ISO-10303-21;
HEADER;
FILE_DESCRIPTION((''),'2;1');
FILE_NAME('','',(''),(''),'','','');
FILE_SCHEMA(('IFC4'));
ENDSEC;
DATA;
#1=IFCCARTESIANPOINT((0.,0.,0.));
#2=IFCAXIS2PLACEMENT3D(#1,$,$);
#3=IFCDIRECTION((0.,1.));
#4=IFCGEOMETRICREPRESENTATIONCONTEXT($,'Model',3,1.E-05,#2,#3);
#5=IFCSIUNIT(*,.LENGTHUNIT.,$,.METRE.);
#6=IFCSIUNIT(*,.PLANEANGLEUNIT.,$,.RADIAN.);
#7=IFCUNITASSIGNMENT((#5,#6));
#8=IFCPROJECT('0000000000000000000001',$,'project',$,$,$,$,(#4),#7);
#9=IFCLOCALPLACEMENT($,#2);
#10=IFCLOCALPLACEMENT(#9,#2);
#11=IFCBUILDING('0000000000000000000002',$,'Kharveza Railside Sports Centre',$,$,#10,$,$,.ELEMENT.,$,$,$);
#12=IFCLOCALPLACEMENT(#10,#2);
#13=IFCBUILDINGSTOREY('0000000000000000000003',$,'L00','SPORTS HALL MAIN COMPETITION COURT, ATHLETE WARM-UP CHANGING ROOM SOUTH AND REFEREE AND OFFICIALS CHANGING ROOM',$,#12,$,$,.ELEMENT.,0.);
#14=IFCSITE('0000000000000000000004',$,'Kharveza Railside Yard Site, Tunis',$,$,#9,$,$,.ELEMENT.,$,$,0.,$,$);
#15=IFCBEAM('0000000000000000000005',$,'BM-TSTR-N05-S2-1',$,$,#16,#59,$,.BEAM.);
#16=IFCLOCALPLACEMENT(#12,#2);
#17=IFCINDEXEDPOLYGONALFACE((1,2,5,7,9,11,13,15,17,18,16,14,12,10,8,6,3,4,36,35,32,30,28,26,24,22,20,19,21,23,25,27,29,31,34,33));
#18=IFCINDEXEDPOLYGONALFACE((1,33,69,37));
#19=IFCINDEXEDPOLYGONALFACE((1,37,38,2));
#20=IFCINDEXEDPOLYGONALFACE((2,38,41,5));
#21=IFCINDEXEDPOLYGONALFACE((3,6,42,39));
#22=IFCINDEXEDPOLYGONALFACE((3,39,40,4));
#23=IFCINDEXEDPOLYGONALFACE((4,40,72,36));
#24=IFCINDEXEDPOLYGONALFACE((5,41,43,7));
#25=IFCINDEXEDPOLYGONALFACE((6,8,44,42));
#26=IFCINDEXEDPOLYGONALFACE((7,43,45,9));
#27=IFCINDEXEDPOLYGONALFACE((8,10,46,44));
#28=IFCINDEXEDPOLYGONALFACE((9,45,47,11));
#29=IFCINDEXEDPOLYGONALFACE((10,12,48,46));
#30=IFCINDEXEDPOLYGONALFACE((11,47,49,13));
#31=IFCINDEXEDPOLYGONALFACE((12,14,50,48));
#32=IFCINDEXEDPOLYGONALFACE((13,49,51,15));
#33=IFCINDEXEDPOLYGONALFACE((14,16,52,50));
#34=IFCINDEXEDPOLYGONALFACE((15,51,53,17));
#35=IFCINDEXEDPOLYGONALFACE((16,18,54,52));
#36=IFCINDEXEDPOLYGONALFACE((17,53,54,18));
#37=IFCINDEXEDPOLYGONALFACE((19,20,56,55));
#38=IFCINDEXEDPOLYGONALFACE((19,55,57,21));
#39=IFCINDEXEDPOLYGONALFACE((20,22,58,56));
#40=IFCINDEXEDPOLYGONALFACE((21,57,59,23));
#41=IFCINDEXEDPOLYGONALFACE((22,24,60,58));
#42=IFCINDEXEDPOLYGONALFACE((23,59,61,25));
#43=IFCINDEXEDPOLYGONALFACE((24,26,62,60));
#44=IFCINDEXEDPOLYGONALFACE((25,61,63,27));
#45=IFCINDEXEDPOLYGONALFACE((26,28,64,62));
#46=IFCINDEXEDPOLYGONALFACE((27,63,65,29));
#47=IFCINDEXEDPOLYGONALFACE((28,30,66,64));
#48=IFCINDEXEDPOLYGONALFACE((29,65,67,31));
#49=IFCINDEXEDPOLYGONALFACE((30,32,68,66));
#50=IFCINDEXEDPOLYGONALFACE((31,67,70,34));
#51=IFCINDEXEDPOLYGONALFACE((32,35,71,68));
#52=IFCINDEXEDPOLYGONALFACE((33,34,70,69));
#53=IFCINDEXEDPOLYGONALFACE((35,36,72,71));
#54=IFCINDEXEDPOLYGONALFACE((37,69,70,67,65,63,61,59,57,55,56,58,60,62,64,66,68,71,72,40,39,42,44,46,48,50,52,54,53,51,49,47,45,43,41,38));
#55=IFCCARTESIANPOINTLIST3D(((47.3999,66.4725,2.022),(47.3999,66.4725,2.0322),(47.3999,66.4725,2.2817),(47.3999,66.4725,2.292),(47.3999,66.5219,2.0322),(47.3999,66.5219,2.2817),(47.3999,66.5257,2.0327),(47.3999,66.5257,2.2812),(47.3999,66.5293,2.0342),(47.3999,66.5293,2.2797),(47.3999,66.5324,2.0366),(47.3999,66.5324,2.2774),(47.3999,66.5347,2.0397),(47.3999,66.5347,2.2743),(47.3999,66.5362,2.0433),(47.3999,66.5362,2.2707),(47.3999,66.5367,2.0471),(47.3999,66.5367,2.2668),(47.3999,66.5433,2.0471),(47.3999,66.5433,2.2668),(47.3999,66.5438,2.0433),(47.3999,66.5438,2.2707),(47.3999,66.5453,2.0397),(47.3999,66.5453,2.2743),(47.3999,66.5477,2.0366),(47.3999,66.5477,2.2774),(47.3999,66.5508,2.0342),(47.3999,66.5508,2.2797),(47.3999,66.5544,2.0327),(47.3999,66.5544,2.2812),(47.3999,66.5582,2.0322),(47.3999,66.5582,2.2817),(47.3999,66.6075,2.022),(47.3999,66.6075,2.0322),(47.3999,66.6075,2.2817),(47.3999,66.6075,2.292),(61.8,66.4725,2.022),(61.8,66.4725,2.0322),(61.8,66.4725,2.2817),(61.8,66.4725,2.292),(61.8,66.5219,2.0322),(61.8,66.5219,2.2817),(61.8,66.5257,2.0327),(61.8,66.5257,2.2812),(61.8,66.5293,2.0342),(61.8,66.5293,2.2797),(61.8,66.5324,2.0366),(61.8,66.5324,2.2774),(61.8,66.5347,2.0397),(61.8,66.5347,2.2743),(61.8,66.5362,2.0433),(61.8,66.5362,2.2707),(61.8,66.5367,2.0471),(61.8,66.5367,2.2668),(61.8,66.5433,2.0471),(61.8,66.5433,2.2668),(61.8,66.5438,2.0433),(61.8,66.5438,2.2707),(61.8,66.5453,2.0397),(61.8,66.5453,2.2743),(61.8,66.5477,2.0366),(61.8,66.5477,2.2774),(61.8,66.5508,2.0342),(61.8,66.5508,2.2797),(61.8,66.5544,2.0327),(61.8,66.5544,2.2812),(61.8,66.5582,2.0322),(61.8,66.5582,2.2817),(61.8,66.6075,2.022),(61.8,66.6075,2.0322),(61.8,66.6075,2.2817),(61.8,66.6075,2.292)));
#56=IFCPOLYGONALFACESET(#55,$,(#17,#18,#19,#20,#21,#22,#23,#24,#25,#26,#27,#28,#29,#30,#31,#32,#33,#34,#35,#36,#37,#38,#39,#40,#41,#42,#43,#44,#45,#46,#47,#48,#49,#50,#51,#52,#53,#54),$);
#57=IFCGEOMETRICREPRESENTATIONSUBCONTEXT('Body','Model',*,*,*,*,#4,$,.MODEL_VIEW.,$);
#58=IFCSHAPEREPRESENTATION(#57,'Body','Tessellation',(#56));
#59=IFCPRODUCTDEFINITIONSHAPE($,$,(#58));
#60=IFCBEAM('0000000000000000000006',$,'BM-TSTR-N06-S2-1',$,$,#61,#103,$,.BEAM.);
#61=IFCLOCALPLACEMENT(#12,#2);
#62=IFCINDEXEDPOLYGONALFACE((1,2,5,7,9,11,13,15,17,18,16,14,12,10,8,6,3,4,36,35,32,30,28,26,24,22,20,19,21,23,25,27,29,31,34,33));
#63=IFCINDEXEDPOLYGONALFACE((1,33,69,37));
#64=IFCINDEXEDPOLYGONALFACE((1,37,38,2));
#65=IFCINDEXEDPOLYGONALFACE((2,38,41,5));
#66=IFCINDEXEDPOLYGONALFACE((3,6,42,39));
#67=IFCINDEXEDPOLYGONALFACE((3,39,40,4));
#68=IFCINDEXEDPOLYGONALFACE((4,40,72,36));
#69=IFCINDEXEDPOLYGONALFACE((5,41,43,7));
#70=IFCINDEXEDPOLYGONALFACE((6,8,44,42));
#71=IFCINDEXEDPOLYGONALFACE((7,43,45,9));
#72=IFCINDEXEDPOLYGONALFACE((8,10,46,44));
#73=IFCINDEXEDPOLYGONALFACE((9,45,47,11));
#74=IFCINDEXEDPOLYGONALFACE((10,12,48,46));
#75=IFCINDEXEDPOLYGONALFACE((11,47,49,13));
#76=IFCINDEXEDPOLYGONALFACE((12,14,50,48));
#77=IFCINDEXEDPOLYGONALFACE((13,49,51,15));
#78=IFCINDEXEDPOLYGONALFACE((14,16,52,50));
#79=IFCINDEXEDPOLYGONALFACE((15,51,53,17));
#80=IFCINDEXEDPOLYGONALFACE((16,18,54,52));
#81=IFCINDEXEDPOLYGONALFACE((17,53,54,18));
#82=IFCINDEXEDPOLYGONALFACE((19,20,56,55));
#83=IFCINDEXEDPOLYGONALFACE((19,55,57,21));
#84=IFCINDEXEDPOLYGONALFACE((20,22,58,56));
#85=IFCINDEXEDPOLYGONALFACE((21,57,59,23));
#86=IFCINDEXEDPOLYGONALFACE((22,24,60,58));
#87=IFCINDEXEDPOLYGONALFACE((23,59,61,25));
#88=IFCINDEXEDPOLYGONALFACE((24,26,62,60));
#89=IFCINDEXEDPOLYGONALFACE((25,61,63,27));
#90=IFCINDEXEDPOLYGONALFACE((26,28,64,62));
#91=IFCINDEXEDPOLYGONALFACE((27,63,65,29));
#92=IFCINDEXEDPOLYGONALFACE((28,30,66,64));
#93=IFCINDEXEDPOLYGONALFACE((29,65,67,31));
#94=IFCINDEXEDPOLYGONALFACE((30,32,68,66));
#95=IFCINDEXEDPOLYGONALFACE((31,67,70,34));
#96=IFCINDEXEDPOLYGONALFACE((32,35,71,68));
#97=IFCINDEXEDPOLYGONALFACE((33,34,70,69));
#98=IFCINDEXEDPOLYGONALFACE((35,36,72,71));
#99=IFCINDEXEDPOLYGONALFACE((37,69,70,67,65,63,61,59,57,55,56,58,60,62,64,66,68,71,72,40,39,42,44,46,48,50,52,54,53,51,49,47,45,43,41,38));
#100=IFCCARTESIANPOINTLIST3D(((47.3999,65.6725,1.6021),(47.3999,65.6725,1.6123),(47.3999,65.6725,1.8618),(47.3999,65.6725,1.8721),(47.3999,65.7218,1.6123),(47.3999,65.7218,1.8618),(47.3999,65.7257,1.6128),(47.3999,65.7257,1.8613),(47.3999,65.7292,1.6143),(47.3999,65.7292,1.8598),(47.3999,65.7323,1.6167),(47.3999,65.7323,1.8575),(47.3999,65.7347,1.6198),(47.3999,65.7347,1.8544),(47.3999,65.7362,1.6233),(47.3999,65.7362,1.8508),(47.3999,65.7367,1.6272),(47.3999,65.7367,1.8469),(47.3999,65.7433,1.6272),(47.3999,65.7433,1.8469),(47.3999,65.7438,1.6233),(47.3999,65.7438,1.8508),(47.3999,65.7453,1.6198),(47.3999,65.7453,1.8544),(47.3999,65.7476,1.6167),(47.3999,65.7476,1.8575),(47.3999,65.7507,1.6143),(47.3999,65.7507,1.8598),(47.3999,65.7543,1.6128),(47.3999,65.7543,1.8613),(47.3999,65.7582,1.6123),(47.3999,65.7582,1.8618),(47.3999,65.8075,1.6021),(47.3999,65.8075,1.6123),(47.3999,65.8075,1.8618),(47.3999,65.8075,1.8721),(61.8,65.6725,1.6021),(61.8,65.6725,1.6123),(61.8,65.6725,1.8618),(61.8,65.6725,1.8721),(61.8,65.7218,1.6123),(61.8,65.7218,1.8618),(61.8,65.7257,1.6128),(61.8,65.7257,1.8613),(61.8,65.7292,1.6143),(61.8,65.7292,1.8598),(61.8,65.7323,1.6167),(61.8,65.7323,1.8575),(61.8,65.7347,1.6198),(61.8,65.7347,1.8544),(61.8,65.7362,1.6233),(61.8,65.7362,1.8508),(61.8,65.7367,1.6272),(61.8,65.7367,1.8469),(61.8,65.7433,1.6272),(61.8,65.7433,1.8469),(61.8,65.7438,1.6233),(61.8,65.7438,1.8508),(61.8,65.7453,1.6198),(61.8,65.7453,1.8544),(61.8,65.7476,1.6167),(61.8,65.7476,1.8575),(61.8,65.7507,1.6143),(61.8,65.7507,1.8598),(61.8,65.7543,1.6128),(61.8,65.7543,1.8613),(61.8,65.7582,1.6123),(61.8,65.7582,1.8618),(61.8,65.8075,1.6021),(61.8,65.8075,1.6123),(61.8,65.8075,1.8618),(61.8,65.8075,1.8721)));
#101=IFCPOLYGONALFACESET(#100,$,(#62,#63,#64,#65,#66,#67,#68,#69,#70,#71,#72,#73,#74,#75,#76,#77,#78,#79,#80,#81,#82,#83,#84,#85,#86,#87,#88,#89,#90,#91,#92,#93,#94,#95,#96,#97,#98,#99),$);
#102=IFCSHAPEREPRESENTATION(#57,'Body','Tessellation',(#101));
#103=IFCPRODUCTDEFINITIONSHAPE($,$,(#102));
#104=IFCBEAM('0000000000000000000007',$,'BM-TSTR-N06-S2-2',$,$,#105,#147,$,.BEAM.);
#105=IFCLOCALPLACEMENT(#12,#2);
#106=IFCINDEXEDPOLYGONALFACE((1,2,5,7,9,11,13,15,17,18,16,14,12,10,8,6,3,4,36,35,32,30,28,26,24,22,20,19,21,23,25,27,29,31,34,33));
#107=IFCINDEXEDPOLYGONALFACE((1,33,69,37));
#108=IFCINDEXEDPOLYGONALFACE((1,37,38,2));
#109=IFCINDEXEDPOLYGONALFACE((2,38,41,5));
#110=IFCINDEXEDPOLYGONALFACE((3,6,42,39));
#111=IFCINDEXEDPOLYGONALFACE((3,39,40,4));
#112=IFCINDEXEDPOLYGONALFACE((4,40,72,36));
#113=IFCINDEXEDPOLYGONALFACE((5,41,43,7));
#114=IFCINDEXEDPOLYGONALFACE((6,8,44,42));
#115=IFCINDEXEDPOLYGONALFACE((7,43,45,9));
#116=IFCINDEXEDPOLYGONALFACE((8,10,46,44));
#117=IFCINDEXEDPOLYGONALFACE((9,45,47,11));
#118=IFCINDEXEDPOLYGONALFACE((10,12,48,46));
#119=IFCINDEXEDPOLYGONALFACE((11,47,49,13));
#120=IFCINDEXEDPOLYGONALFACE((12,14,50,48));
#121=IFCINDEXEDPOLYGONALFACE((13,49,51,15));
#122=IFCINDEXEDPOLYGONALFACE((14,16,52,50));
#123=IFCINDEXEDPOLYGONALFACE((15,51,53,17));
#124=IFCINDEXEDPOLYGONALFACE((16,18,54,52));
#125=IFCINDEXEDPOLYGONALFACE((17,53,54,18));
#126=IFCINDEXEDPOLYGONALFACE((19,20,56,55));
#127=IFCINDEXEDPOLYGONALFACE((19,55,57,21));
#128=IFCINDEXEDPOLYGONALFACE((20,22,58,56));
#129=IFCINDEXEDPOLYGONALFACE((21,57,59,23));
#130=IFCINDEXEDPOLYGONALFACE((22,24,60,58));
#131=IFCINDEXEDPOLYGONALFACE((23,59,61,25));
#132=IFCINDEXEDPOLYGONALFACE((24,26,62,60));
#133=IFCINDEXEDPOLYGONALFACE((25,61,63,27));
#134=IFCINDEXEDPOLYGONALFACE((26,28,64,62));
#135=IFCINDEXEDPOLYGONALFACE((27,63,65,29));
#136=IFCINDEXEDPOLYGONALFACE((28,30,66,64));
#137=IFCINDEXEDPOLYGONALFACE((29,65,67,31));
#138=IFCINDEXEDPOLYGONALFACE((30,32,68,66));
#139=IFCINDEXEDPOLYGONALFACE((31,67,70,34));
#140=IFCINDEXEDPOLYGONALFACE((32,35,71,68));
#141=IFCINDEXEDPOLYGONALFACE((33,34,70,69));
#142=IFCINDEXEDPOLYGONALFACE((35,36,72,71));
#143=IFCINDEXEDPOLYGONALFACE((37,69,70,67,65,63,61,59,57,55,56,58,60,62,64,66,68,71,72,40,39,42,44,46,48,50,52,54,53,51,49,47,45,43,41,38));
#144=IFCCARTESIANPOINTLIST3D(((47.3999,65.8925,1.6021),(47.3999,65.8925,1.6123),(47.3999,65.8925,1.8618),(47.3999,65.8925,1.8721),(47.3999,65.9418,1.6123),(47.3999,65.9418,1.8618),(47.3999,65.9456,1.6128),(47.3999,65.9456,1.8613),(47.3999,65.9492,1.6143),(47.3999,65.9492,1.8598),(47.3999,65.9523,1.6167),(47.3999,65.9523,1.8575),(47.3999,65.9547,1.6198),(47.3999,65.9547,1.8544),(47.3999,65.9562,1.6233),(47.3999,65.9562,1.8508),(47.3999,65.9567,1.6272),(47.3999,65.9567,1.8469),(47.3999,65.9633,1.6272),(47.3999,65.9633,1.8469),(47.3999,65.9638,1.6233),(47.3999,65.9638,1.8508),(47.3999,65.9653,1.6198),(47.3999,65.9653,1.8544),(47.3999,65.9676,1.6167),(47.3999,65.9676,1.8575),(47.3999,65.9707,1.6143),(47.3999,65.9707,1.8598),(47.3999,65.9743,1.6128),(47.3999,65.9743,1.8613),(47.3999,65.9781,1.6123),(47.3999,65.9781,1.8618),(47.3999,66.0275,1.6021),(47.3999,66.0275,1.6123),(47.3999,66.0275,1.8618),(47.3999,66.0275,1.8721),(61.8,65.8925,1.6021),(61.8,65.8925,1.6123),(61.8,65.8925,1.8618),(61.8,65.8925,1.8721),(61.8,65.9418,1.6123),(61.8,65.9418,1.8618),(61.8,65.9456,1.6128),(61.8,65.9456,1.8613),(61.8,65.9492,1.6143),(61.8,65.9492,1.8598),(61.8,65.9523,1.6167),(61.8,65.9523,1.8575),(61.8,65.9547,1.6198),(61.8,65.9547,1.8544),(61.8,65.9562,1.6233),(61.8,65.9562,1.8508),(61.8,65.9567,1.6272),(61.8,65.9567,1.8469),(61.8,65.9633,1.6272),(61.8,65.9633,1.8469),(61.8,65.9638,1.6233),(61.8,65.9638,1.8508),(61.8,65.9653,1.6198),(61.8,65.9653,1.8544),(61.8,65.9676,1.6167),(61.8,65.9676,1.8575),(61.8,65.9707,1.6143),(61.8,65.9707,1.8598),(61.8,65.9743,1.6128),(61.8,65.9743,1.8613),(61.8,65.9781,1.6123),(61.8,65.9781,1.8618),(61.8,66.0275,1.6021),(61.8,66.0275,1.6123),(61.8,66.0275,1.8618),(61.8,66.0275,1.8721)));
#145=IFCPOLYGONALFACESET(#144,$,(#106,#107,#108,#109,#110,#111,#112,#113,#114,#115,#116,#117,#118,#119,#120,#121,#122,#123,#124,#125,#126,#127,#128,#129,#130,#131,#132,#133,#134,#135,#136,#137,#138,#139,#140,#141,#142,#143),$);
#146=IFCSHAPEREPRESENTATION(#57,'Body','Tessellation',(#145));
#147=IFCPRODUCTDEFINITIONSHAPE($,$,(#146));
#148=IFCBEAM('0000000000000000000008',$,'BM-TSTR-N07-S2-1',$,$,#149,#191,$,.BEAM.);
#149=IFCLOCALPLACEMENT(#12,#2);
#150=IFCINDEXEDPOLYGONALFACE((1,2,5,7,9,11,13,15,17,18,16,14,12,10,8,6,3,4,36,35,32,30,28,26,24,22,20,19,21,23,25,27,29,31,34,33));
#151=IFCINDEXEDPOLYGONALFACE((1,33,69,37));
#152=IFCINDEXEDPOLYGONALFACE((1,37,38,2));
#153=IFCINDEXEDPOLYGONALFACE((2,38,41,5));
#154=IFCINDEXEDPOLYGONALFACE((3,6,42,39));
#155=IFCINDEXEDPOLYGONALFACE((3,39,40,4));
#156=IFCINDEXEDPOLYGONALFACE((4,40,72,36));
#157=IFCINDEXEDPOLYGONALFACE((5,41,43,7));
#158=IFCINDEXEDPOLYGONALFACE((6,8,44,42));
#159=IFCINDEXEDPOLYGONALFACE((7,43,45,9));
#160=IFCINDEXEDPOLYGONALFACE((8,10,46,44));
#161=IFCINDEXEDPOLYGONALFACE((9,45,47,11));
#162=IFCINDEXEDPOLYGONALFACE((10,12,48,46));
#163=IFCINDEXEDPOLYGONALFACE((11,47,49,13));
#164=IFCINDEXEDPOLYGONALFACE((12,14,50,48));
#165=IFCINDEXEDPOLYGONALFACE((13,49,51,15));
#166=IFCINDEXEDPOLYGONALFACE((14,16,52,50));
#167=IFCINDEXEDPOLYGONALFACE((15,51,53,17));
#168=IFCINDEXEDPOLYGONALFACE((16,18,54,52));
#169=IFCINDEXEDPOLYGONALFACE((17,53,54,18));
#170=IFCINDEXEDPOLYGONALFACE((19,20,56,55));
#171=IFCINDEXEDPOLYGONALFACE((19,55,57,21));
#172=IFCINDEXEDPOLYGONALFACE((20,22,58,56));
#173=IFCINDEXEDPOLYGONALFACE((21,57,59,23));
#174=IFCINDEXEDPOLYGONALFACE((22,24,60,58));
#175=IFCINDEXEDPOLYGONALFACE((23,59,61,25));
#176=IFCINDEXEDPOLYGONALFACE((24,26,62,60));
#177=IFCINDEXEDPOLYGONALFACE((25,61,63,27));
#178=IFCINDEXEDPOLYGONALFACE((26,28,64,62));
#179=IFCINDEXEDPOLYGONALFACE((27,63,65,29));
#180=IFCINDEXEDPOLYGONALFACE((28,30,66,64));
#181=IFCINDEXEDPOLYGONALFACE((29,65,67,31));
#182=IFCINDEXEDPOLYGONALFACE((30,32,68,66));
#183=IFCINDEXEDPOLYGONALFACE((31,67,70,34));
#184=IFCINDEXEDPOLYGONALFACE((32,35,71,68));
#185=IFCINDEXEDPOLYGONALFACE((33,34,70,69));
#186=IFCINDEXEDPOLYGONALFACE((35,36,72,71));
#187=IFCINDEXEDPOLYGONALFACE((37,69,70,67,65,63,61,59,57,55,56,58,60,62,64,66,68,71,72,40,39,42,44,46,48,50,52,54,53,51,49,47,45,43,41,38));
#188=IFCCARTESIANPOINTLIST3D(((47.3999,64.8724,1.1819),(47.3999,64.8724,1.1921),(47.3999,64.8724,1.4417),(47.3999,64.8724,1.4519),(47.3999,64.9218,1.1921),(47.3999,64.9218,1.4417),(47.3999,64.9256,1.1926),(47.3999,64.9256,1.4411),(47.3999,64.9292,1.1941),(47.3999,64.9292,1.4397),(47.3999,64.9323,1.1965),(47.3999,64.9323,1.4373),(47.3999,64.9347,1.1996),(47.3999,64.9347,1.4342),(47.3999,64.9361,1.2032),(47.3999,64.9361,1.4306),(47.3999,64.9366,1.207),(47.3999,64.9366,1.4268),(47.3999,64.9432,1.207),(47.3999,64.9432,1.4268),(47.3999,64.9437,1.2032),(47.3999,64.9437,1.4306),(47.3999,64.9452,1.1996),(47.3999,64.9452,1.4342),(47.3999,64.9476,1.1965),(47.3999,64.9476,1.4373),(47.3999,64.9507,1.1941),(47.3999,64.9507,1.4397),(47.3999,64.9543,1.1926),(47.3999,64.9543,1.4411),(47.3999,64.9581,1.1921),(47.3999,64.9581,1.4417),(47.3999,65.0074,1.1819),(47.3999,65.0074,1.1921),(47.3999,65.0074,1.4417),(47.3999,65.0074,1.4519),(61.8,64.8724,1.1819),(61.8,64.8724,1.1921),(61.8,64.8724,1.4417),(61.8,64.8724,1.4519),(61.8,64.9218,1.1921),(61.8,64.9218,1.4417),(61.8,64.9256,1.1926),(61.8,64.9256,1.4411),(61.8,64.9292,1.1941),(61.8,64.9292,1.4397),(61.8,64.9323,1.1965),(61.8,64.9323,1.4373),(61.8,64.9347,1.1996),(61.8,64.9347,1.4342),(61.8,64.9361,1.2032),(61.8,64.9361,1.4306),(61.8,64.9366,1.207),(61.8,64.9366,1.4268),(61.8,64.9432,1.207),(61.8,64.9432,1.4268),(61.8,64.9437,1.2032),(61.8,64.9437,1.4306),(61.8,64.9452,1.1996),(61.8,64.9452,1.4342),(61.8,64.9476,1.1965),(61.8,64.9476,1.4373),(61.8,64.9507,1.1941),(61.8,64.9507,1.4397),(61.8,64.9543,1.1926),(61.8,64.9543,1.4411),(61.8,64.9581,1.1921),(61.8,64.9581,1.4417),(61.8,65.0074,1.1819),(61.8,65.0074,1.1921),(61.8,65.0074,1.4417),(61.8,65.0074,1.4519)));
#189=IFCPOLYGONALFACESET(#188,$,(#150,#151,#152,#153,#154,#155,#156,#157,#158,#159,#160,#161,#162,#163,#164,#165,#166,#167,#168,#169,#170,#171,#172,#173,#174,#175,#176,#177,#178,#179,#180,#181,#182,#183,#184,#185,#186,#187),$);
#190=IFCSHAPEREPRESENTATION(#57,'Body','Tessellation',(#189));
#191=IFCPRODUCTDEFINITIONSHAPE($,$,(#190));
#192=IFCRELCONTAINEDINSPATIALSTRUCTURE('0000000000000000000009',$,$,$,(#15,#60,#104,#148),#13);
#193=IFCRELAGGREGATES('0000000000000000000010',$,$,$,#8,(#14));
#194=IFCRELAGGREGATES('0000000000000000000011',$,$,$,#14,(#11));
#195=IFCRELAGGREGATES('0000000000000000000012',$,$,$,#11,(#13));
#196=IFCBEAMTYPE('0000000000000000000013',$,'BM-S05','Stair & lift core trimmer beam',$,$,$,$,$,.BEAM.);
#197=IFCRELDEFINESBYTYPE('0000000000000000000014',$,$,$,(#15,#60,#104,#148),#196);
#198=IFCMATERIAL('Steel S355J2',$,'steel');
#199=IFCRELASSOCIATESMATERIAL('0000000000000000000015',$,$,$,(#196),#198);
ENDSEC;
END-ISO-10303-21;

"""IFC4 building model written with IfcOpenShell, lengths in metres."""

from ifc_helpers import new_model, si_unit, direction, frame, origin, origin_2d, place, context, subcontext, project, spatial, i_section, extrude, material, material_profile, profile_set, type_object, element, save


model = new_model("IFC4")

# Units and contexts
model_context = context("Model", 3, precision=1e-05, world=origin(), true_north=direction((0.0, 1.0)))
body_context = subcontext(model_context, "Body", "Model", "MODEL_VIEW")
ifc_project = project(units=[si_unit("LENGTHUNIT", "METRE"), si_unit("PLANEANGLEUNIT", "RADIAN")], contexts=[model_context])

# Site, building, storey
site_placement = place(None, origin())
site = spatial("IfcSite", under=ifc_project, at=site_placement, Name="Kharveza Railside Yard Site, Tunis", CompositionType="ELEMENT", RefElevation=0.0)
building_placement = place(site_placement, origin())
building = spatial("IfcBuilding", under=site, at=building_placement, Name="Kharveza Railside Sports Centre", CompositionType="ELEMENT")
storey_placement = place(building_placement, origin())
storey = spatial("IfcBuildingStorey", under=building, at=storey_placement, Name="L00", Description="SPORTS HALL MAIN COMPETITION COURT, ATHLETE WARM-UP CHANGING ROOM SOUTH AND REFEREE AND OFFICIALS CHANGING ROOM", CompositionType="ELEMENT", Elevation=0.0)

# Shared definitions
ifc_material_1 = material(Name="Steel S355J2", Category="steel")

# Beams
ifc_material_profile_1 = material_profile(ifc_material_1, i_section(OverallWidth=0.135, OverallDepth=0.27, WebThickness=0.0066, FlangeThickness=0.0103, FilletRadius=0.0149, at=origin_2d()), Name="IPE 270")
ifc_profile_set_1 = profile_set([ifc_material_profile_1], Name="Steel S355J2")
beam_type = type_object("IfcBeamType", Name="BM-S05", Description="Stair & lift core trimmer beam", PredefinedType="BEAM", material=ifc_profile_set_1)
for number, where, z_axis, x_axis, name in (
    (1, (47.3999, 66.54, 2.157), (1.0, 0.0, 0.0), (0.0, 1.0, 0.0), "BM-TSTR-N05-S2-1"),
    (2, (47.3999, 65.74, 1.7371), (1.0, 0.0, 0.0), (0.0, 1.0, 0.0), "BM-TSTR-N06-S2-1"),
    (3, (47.3999, 65.96, 1.7371), (1.0, 0.0, 0.0), (0.0, 1.0, 0.0), "BM-TSTR-N06-S2-2"),
    (4, (47.3999, 64.9399, 1.3169), (1.0, 0.0, 0.0), (0.0, 1.0, 0.0), "BM-TSTR-N07-S2-1"),
):
    element("IfcBeam", number, at=place(storey_placement, frame(where, z_axis=z_axis, x_axis=x_axis)), inside=storey, type_object=beam_type, Name=name, PredefinedType="BEAM", context=body_context, shape_type="SweptSolid", body=[
        extrude(i_section(OverallWidth=0.135, OverallDepth=0.27, WebThickness=0.0066, FlangeThickness=0.0103, FilletRadius=0.0149, at=origin_2d()), origin(), (0.0, 0.0, 1.0), 14.4001),
    ])

save(model, "model.ifc")
